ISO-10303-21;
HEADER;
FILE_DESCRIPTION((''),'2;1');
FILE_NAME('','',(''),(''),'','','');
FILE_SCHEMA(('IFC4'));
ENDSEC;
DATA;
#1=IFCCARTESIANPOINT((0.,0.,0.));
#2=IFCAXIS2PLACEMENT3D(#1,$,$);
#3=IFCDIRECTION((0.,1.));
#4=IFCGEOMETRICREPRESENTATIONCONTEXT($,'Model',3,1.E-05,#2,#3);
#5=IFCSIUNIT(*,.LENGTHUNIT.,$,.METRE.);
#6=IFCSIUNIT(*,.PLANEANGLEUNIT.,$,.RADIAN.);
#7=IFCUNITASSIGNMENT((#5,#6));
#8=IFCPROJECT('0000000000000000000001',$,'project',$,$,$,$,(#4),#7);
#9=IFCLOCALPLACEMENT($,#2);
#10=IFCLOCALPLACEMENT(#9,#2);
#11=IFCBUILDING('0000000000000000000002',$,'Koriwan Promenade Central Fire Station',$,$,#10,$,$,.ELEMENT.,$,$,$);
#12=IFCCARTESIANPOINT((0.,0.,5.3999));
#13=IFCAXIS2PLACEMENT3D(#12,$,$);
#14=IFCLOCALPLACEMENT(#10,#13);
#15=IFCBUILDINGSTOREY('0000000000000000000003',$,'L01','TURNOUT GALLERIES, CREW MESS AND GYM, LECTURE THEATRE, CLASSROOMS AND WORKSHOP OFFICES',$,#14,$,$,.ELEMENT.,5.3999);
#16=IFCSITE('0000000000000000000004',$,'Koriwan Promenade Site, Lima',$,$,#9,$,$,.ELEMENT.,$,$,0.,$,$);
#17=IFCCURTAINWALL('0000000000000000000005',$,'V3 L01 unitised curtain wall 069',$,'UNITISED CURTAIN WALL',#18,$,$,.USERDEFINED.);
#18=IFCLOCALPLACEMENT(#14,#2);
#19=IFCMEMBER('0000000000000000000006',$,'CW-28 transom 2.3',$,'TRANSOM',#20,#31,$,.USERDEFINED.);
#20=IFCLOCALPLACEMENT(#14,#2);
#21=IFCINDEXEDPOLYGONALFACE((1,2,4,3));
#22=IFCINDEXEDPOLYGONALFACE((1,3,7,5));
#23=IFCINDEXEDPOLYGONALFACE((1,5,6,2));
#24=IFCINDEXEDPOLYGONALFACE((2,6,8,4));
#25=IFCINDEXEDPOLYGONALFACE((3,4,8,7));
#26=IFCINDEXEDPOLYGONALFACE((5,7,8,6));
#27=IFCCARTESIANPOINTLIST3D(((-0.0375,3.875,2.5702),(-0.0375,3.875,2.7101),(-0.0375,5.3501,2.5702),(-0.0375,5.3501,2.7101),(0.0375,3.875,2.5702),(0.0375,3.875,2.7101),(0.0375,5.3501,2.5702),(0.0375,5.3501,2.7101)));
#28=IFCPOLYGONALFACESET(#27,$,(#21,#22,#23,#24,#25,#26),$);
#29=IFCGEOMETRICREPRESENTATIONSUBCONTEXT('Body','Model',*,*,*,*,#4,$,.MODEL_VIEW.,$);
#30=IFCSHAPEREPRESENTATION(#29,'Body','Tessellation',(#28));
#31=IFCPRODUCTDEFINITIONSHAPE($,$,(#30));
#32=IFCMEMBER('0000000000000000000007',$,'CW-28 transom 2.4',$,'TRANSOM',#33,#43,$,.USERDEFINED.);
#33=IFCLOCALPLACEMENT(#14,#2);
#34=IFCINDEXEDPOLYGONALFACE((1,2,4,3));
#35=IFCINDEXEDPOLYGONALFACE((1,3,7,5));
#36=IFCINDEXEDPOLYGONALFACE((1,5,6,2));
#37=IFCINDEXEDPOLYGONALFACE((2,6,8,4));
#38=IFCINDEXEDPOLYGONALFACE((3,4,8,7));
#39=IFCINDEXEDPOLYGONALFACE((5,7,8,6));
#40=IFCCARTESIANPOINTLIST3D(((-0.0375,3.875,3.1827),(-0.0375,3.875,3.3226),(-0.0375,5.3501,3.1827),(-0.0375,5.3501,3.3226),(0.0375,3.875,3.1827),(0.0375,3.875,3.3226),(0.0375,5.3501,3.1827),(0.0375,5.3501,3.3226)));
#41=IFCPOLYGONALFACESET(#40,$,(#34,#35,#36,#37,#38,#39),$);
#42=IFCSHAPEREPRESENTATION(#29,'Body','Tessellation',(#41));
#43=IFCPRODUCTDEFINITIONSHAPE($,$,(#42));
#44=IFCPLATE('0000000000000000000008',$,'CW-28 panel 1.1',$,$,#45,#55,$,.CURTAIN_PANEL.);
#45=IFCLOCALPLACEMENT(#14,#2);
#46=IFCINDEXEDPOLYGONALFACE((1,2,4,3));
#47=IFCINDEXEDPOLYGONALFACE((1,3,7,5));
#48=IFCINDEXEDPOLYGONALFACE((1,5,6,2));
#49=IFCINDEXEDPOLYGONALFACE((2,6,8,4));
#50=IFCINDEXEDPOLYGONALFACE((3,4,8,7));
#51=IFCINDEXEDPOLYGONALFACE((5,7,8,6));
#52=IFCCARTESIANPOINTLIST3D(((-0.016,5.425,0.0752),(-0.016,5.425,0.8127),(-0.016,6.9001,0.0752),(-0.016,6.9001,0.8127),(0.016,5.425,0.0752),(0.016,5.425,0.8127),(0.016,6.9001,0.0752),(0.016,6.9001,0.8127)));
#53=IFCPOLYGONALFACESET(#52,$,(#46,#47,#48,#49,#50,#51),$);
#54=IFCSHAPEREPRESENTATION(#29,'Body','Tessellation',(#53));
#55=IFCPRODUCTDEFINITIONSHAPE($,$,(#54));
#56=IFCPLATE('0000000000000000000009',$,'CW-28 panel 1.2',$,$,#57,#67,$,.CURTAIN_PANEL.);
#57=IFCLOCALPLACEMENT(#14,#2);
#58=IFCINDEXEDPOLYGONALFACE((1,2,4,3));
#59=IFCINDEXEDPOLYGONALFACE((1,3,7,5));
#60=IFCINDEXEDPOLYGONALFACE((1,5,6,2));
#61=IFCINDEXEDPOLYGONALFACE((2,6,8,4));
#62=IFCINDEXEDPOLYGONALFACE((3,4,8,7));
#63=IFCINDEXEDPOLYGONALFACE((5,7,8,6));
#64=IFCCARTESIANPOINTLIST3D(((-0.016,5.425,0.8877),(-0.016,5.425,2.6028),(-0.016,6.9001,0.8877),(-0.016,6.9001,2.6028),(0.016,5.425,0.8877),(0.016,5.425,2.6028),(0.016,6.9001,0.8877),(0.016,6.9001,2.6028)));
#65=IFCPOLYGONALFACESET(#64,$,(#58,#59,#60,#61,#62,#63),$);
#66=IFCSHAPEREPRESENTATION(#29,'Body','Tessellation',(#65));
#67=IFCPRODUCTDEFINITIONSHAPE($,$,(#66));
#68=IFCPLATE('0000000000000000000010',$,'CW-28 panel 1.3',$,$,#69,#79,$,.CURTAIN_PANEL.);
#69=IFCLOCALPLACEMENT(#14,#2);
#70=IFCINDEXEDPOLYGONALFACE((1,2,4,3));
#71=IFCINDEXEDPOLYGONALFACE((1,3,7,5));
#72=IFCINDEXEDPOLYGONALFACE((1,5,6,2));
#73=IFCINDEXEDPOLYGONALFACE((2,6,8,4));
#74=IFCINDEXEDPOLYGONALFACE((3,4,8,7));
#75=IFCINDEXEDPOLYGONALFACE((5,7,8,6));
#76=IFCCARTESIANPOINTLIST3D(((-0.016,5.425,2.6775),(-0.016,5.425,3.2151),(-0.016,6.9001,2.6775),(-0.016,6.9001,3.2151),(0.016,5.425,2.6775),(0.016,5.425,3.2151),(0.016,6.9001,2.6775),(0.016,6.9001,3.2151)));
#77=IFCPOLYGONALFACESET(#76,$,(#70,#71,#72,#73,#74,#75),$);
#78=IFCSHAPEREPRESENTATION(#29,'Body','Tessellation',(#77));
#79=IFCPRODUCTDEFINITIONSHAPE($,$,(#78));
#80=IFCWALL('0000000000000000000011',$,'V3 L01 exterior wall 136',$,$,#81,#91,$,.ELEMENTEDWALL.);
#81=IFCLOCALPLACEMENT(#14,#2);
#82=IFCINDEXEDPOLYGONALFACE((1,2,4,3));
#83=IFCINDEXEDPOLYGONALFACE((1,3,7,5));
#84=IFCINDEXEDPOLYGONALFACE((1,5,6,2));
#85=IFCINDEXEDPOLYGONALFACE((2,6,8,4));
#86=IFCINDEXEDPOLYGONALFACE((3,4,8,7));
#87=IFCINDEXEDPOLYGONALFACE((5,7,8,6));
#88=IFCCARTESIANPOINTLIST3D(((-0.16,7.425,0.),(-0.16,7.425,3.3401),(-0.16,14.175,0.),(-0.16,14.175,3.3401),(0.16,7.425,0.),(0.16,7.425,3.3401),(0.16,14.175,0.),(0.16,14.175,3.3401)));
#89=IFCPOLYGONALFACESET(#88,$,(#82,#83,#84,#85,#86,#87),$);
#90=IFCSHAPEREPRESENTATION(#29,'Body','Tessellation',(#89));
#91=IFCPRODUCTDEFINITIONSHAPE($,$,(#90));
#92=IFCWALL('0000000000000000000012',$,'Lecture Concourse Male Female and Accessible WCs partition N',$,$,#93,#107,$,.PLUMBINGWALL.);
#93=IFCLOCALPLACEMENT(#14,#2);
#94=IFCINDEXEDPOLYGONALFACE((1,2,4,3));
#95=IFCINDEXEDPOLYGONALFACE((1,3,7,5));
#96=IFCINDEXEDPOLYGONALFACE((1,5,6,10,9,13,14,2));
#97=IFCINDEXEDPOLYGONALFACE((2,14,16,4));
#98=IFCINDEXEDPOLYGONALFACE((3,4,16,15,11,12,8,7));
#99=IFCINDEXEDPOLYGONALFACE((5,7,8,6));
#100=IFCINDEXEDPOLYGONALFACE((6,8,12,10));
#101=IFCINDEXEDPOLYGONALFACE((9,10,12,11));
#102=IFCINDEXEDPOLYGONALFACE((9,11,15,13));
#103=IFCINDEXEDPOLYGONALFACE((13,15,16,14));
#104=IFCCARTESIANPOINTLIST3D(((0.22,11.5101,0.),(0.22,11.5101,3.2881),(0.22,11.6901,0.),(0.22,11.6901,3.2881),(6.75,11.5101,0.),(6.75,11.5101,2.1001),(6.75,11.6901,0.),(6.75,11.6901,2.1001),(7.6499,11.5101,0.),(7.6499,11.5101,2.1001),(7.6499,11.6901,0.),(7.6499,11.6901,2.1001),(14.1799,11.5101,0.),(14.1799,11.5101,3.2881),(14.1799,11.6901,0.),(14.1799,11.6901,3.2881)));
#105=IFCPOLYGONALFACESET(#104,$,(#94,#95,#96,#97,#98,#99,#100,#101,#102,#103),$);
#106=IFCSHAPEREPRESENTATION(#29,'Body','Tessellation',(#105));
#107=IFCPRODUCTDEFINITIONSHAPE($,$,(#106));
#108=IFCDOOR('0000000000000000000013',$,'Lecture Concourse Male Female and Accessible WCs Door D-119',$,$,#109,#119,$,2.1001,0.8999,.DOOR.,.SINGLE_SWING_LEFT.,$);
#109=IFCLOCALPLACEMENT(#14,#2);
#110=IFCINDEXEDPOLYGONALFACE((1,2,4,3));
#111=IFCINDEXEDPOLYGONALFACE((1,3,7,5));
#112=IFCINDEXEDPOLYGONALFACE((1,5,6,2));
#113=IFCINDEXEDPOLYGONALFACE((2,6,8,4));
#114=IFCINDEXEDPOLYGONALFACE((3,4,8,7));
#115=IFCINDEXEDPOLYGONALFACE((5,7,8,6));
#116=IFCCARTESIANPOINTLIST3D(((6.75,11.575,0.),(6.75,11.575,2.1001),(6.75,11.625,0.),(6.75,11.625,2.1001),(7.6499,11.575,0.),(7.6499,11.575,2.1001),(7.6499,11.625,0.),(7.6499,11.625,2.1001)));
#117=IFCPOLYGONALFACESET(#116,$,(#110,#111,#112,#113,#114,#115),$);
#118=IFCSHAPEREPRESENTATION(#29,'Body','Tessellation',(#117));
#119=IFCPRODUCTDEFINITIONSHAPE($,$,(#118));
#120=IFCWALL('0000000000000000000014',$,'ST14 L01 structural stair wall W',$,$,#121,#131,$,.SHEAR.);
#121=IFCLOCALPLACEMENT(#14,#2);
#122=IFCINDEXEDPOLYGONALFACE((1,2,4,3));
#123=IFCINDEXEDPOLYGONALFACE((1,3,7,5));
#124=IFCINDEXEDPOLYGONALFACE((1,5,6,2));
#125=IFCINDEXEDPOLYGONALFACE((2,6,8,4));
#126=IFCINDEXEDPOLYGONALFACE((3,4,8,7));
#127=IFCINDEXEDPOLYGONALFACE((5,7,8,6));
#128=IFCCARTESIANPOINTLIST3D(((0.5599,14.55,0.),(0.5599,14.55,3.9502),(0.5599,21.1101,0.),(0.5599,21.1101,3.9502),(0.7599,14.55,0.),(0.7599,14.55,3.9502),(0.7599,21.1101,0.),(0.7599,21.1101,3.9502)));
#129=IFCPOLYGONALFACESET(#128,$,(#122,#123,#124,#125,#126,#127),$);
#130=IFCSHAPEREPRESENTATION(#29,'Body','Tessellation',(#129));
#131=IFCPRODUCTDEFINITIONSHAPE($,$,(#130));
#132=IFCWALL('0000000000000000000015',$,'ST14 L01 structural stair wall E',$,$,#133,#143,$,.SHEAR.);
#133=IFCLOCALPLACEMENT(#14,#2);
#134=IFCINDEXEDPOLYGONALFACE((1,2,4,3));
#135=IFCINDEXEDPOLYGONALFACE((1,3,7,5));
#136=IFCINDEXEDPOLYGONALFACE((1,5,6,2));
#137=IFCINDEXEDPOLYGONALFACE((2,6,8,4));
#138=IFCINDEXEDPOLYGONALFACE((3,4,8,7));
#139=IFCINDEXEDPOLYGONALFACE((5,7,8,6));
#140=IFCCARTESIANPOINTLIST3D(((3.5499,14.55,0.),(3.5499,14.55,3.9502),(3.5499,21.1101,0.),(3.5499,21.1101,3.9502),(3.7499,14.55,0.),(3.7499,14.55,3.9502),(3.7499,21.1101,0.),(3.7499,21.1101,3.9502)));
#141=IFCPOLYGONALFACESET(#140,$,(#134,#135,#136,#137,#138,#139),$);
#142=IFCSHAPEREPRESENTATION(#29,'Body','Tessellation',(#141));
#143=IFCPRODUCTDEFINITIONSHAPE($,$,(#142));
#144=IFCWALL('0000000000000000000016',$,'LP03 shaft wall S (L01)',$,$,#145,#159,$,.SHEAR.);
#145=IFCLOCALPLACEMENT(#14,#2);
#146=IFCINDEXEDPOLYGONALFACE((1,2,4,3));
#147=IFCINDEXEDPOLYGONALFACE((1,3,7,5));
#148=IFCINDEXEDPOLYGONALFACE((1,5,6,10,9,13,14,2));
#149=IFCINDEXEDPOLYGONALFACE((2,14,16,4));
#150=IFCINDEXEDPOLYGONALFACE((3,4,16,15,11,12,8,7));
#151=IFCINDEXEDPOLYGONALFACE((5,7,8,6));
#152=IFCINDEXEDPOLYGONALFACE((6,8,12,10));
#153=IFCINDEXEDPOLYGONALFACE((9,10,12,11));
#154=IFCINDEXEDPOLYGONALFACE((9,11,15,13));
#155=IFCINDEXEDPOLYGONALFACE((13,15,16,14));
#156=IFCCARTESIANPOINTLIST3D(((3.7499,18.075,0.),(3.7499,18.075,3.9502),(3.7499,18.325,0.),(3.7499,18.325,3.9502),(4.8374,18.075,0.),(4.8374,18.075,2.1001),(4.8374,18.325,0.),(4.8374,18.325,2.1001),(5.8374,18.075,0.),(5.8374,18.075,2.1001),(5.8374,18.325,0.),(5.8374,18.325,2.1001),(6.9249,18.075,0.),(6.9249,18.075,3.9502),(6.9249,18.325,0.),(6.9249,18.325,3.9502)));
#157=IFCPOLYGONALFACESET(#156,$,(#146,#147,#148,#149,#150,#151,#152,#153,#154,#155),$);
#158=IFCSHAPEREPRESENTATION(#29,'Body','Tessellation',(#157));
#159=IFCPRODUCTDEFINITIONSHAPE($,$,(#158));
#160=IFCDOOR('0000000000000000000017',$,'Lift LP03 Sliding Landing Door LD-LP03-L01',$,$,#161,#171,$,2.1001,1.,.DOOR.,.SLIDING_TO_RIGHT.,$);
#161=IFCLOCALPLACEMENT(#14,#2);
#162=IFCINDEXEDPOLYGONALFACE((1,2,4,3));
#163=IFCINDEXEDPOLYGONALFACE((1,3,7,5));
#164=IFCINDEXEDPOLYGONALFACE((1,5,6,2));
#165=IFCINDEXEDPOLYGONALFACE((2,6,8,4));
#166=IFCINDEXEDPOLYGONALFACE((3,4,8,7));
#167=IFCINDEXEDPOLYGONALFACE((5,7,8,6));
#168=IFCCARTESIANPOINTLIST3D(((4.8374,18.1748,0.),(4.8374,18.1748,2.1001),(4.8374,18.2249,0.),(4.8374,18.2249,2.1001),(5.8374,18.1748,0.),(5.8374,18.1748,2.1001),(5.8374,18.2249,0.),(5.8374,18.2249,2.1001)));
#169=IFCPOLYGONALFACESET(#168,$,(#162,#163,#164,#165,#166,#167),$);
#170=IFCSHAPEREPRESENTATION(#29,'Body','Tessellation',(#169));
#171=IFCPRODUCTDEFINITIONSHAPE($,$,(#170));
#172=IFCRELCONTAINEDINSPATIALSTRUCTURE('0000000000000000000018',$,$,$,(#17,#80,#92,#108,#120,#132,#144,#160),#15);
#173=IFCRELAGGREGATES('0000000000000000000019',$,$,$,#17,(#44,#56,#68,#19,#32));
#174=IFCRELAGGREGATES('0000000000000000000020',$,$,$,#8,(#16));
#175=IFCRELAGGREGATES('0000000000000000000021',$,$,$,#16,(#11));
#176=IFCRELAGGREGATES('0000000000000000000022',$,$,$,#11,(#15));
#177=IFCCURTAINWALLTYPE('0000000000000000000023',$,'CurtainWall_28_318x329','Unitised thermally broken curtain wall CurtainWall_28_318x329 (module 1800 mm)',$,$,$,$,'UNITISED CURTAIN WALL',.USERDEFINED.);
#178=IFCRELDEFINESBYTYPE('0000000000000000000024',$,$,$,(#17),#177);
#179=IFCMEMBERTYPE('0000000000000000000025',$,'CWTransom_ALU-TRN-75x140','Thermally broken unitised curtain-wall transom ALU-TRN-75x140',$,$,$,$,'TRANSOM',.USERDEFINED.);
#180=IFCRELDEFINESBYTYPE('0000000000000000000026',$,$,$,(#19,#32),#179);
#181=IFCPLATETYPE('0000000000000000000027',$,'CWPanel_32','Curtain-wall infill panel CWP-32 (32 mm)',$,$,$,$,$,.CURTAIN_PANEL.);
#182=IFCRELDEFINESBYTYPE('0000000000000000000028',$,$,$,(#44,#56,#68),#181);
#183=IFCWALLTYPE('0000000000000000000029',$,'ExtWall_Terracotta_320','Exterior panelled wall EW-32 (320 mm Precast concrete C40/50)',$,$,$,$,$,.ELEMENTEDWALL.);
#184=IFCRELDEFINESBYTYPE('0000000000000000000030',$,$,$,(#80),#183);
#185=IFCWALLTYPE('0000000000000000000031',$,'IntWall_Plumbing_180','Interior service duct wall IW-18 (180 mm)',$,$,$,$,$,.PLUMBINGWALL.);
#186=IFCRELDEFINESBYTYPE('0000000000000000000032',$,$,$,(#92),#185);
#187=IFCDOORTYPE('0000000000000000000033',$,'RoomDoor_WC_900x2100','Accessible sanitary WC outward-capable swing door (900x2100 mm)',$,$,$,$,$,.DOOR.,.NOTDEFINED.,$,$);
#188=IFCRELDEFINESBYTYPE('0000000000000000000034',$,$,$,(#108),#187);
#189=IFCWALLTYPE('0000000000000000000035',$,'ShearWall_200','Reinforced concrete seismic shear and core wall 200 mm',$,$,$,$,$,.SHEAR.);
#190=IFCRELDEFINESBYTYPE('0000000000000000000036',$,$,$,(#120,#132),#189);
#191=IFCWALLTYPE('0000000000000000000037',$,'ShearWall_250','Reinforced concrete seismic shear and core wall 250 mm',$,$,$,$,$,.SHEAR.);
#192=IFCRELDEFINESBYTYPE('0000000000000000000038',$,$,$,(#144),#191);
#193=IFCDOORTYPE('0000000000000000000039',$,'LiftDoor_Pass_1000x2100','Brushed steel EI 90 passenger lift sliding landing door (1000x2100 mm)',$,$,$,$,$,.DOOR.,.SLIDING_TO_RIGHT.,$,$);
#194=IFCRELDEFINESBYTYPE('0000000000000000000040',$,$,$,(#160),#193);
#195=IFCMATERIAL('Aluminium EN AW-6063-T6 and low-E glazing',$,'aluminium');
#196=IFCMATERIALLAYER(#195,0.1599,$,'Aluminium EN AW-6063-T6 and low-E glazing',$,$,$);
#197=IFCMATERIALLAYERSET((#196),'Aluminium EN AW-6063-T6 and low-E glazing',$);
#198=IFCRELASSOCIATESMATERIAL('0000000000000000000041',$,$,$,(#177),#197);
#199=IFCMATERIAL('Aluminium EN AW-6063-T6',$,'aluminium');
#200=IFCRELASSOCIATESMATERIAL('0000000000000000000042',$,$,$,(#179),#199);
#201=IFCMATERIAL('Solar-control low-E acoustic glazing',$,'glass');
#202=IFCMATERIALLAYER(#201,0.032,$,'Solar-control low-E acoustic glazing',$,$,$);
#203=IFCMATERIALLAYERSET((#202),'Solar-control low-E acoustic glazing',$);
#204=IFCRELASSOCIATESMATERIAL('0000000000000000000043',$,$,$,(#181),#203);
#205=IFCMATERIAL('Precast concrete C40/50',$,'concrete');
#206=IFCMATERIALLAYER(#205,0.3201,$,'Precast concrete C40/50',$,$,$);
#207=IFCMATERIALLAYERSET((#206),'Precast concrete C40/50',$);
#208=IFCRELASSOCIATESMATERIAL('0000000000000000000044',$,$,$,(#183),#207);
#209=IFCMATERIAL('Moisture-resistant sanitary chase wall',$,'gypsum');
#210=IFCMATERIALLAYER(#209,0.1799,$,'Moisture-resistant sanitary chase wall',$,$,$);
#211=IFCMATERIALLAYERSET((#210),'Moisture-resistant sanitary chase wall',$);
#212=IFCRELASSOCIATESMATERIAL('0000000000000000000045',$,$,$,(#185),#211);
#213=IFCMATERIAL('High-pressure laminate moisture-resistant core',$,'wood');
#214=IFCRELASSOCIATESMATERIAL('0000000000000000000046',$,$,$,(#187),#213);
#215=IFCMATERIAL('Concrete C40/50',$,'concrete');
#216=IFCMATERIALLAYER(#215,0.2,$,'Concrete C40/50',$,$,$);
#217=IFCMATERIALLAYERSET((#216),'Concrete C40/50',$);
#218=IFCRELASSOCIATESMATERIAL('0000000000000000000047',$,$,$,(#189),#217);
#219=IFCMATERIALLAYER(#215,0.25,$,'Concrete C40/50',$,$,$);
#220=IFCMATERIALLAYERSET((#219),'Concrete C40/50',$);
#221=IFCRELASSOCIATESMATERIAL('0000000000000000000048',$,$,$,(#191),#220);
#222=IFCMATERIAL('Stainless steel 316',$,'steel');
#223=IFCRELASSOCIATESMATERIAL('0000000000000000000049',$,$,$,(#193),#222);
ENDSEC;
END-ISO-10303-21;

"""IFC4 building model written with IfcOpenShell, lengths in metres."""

from ifc_helpers import new_model, si_unit, direction, frame, frame_2d, origin, origin_2d, place, context, subcontext, project, spatial, rectangle, extrude, material, layer, layer_set, material_profile, profile_set, type_object, element, fill, aggregate, save


model = new_model("IFC4")

# Units and contexts
model_context = context("Model", 3, precision=1e-05, world=origin(), true_north=direction((0.0, 1.0)))
body_context = subcontext(model_context, "Body", "Model", "MODEL_VIEW")
ifc_project = project(units=[si_unit("LENGTHUNIT", "METRE"), si_unit("PLANEANGLEUNIT", "RADIAN")], contexts=[model_context])

# Site, building, storey
site_placement = place(None, origin())
site = spatial("IfcSite", under=ifc_project, at=site_placement, Name="Koriwan Promenade Site, Lima", CompositionType="ELEMENT", RefElevation=0.0)
building_placement = place(site_placement, origin())
building = spatial("IfcBuilding", under=site, at=building_placement, Name="Koriwan Promenade Central Fire Station", CompositionType="ELEMENT")
storey_placement = place(building_placement, frame((0.0, 0.0, 5.3999)))
storey = spatial("IfcBuildingStorey", under=building, at=storey_placement, Name="L01", Description="TURNOUT GALLERIES, CREW MESS AND GYM, LECTURE THEATRE, CLASSROOMS AND WORKSHOP OFFICES", CompositionType="ELEMENT", Elevation=5.3999)

# Shared definitions
ifc_material_1 = material(Name="Concrete C40/50", Category="concrete")

# Curtain wall, members, plates
ifc_material_2 = material(Name="Aluminium EN AW-6063-T6 and low-E glazing", Category="aluminium")
ifc_layer_1 = layer(ifc_material_2, 0.1599, Name="Aluminium EN AW-6063-T6 and low-E glazing")
ifc_layer_set_1 = layer_set([ifc_layer_1], Name="Aluminium EN AW-6063-T6 and low-E glazing")
curtain_wall_type = type_object("IfcCurtainWallType", Name="CurtainWall_28_318x329", Description="Unitised thermally broken curtain wall CurtainWall_28_318x329 (module 1800 mm)", ElementType="UNITISED CURTAIN WALL", PredefinedType="USERDEFINED", material=ifc_layer_set_1)
curtain_wall_placement = place(storey_placement, origin())
curtain_wall = element("IfcCurtainWall", 1, at=curtain_wall_placement, inside=storey, type_object=curtain_wall_type, Name="V3 L01 unitised curtain wall 069", ObjectType="UNITISED CURTAIN WALL", PredefinedType="USERDEFINED")
ifc_material_3 = material(Name="Aluminium EN AW-6063-T6", Category="aluminium")
ifc_material_profile_1 = material_profile(ifc_material_3, rectangle(XDim=0.075, YDim=0.1399, at=origin_2d()), Name="ALU-TRN-75x140")
ifc_profile_set_1 = profile_set([ifc_material_profile_1], Name="Aluminium EN AW-6063-T6")
member_type_1 = type_object("IfcMemberType", Name="CWTransom_ALU-TRN-75x140", Description="Thermally broken unitised curtain-wall transom ALU-TRN-75x140", ElementType="TRANSOM", PredefinedType="USERDEFINED", material=ifc_profile_set_1)
member_1_placement = place(storey_placement, frame((0.0, 5.3501, 2.6401), z_axis=(0.0, -1.0, 0.0), x_axis=(1.0, 0.0, 0.0)))
member_1 = element("IfcMember", 2, at=member_1_placement, type_object=member_type_1, Name="CW-28 transom 2.3", ObjectType="TRANSOM", PredefinedType="USERDEFINED", context=body_context, shape_type="SweptSolid", body=[
    extrude(rectangle(XDim=0.075, YDim=0.1399, at=origin_2d()), origin(), (0.0, 0.0, 1.0), 1.4751),
])
member_2_placement = place(storey_placement, frame((0.0, 5.3501, 3.2527), z_axis=(0.0, -1.0, 0.0), x_axis=(1.0, 0.0, 0.0)))
member_2 = element("IfcMember", 3, at=member_2_placement, type_object=member_type_1, Name="CW-28 transom 2.4", ObjectType="TRANSOM", PredefinedType="USERDEFINED", context=body_context, shape_type="SweptSolid", body=[
    extrude(rectangle(XDim=0.075, YDim=0.1399, at=origin_2d()), origin(), (0.0, 0.0, 1.0), 1.4751),
])
ifc_material_4 = material(Name="Solar-control low-E acoustic glazing", Category="glass")
ifc_layer_2 = layer(ifc_material_4, 0.032, Name="Solar-control low-E acoustic glazing")
ifc_layer_set_2 = layer_set([ifc_layer_2], Name="Solar-control low-E acoustic glazing")
plate_type = type_object("IfcPlateType", Name="CWPanel_32", Description="Curtain-wall infill panel CWP-32 (32 mm)", PredefinedType="CURTAIN_PANEL", material=ifc_layer_set_2)
plate_1_placement = place(storey_placement, frame((0.0, 6.1626, 0.0752), z_axis=(0.0, 0.0, 1.0), x_axis=(0.0, -1.0, 0.0)))
plate_1 = element("IfcPlate", 4, at=plate_1_placement, type_object=plate_type, Name="CW-28 panel 1.1", PredefinedType="CURTAIN_PANEL", context=body_context, shape_type="SweptSolid", body=[
    extrude(rectangle(XDim=1.4751, YDim=0.032, at=origin_2d()), origin(), (0.0, 0.0, 1.0), 0.7375),
])
plate_2_placement = place(storey_placement, frame((0.0, 6.1626, 0.8877), z_axis=(0.0, 0.0, 1.0), x_axis=(0.0, -1.0, 0.0)))
plate_2 = element("IfcPlate", 5, at=plate_2_placement, type_object=plate_type, Name="CW-28 panel 1.2", PredefinedType="CURTAIN_PANEL", context=body_context, shape_type="SweptSolid", body=[
    extrude(rectangle(XDim=1.4751, YDim=0.032, at=origin_2d()), origin(), (0.0, 0.0, 1.0), 1.7151),
])
plate_3_placement = place(storey_placement, frame((0.0, 6.1626, 2.6775), z_axis=(0.0, 0.0, 1.0), x_axis=(0.0, -1.0, 0.0)))
plate_3 = element("IfcPlate", 6, at=plate_3_placement, type_object=plate_type, Name="CW-28 panel 1.3", PredefinedType="CURTAIN_PANEL", context=body_context, shape_type="SweptSolid", body=[
    extrude(rectangle(XDim=1.4751, YDim=0.032, at=origin_2d()), origin(), (0.0, 0.0, 1.0), 0.5376),
])
aggregate(curtain_wall, [plate_1, plate_2, plate_3, member_1, member_2])

# Wall
ifc_material_5 = material(Name="Precast concrete C40/50", Category="concrete")
ifc_layer_3 = layer(ifc_material_5, 0.3201, Name="Precast concrete C40/50")
ifc_layer_set_3 = layer_set([ifc_layer_3], Name="Precast concrete C40/50")
wall_type_1 = type_object("IfcWallType", Name="ExtWall_Terracotta_320", Description="Exterior panelled wall EW-32 (320 mm Precast concrete C40/50)", PredefinedType="ELEMENTEDWALL", material=ifc_layer_set_3)
wall_1_placement = place(storey_placement, frame((0.0, 14.175, 0.0), z_axis=(0.0, 0.0, 1.0), x_axis=(0.0, -1.0, 0.0)))
element("IfcWall", 7, at=wall_1_placement, inside=storey, type_object=wall_type_1, Name="V3 L01 exterior wall 136", PredefinedType="ELEMENTEDWALL", context=body_context, shape_type="SweptSolid", body=[
    extrude(rectangle(XDim=6.75, YDim=0.3201, at=frame_2d((3.375, 0.0))), origin(), (0.0, 0.0, 1.0), 3.3401),
])

# Wall, opening, door
ifc_material_6 = material(Name="Moisture-resistant sanitary chase wall", Category="gypsum")
ifc_layer_4 = layer(ifc_material_6, 0.1799, Name="Moisture-resistant sanitary chase wall")
ifc_layer_set_4 = layer_set([ifc_layer_4], Name="Moisture-resistant sanitary chase wall")
wall_type_2 = type_object("IfcWallType", Name="IntWall_Plumbing_180", Description="Interior service duct wall IW-18 (180 mm)", PredefinedType="PLUMBINGWALL", material=ifc_layer_set_4)
wall_2_placement = place(storey_placement, frame((0.22, 11.6001, 0.0), z_axis=(0.0, 0.0, 1.0), x_axis=(1.0, 0.0, 0.0)))
wall_2 = element("IfcWall", 8, at=wall_2_placement, inside=storey, type_object=wall_type_2, Name="Lecture Concourse Male Female and Accessible WCs partition N", PredefinedType="PLUMBINGWALL", context=body_context, shape_type="SweptSolid", body=[
    extrude(rectangle(XDim=13.96, YDim=0.1799, at=frame_2d((6.98, 0.0))), origin(), (0.0, 0.0, 1.0), 3.2881),
])
opening_1_placement = place(wall_2_placement, frame((6.53, 0.0, 0.0)))
opening_1 = element("IfcOpeningElement", 9, at=opening_1_placement, cuts=wall_2, PredefinedType="OPENING", context=body_context, shape_type="SweptSolid", body=[
    extrude(rectangle(XDim=0.8999, YDim=2.1001, at=frame_2d((0.45, 1.05))), frame((0.0, 0.1021, 0.0), z_axis=(0.0, -1.0, 0.0), x_axis=(1.0, 0.0, 0.0)), (0.0, 0.0, 1.0), 0.2039),
])
ifc_material_7 = material(Name="High-pressure laminate moisture-resistant core", Category="wood")
door_type_1 = type_object("IfcDoorType", Name="RoomDoor_WC_900x2100", Description="Accessible sanitary WC outward-capable swing door (900x2100 mm)", OperationType="NOTDEFINED", PredefinedType="DOOR", material=ifc_material_7)
door_1_placement = place(opening_1_placement, origin())
door_1 = element("IfcDoor", 10, at=door_1_placement, inside=storey, type_object=door_type_1, Name="Lecture Concourse Male Female and Accessible WCs Door D-119", OperationType="SINGLE_SWING_LEFT", OverallHeight=2.1001, OverallWidth=0.8999, PredefinedType="DOOR", context=body_context, shape_type="SweptSolid", body=[
    extrude(rectangle(XDim=0.8999, YDim=2.1001, at=frame_2d((0.45, 1.05))), frame((0.0, 0.0249, 0.0), z_axis=(0.0, -1.0, 0.0), x_axis=(1.0, 0.0, 0.0)), (0.0, 0.0, 1.0), 0.05),
])
fill(opening_1, door_1)
ifc_layer_5 = layer(ifc_material_1, 0.2, Name="Concrete C40/50")
ifc_layer_set_5 = layer_set([ifc_layer_5], Name="Concrete C40/50")
wall_type_3 = type_object("IfcWallType", Name="ShearWall_200", Description="Reinforced concrete seismic shear and core wall 200 mm", PredefinedType="SHEAR", material=ifc_layer_set_5)

# Walls
for number, where, z_axis, x_axis, name in (
    (11, (0.6599, 14.55, 0.0), (0.0, 0.0, 1.0), (0.0, 1.0, 0.0), "ST14 L01 structural stair wall W"),
    (12, (3.6499, 14.55, 0.0), (0.0, 0.0, 1.0), (0.0, 1.0, 0.0), "ST14 L01 structural stair wall E"),
):
    element("IfcWall", number, at=place(storey_placement, frame(where, z_axis=z_axis, x_axis=x_axis)), inside=storey, type_object=wall_type_3, Name=name, PredefinedType="SHEAR", context=body_context, shape_type="SweptSolid", body=[
        extrude(rectangle(XDim=6.5601, YDim=0.2, at=frame_2d((3.28, 0.0))), origin(), (0.0, 0.0, 1.0), 3.9502),
    ])

# Wall, opening, door
ifc_layer_6 = layer(ifc_material_1, 0.25, Name="Concrete C40/50")
ifc_layer_set_6 = layer_set([ifc_layer_6], Name="Concrete C40/50")
wall_type_4 = type_object("IfcWallType", Name="ShearWall_250", Description="Reinforced concrete seismic shear and core wall 250 mm", PredefinedType="SHEAR", material=ifc_layer_set_6)
wall_3_placement = place(storey_placement, frame((3.75, 18.2, 0.0), z_axis=(0.0, 0.0, 1.0), x_axis=(1.0, 0.0, 0.0)))
wall_3 = element("IfcWall", 13, at=wall_3_placement, inside=storey, type_object=wall_type_4, Name="LP03 shaft wall S (L01)", PredefinedType="SHEAR", context=body_context, shape_type="SweptSolid", body=[
    extrude(rectangle(XDim=3.175, YDim=0.25, at=frame_2d((1.5874, 0.0))), origin(), (0.0, 0.0, 1.0), 3.9502),
])
opening_2_placement = place(wall_3_placement, frame((1.0874, 0.0, 0.0)))
opening_2 = element("IfcOpeningElement", 14, at=opening_2_placement, cuts=wall_3, PredefinedType="OPENING", context=body_context, shape_type="SweptSolid", body=[
    extrude(rectangle(XDim=1.0, YDim=2.1001, at=frame_2d((0.5, 1.05))), frame((0.0, 0.137, 0.0), z_axis=(0.0, -1.0, 0.0), x_axis=(1.0, 0.0, 0.0)), (0.0, 0.0, 1.0), 0.2739),
])
ifc_material_8 = material(Name="Stainless steel 316", Category="steel")
door_type_2 = type_object("IfcDoorType", Name="LiftDoor_Pass_1000x2100", Description="Brushed steel EI 90 passenger lift sliding landing door (1000x2100 mm)", OperationType="SLIDING_TO_RIGHT", PredefinedType="DOOR", material=ifc_material_8)
door_2_placement = place(opening_2_placement, origin())
door_2 = element("IfcDoor", 15, at=door_2_placement, inside=storey, type_object=door_type_2, Name="Lift LP03 Sliding Landing Door LD-LP03-L01", OperationType="SLIDING_TO_RIGHT", OverallHeight=2.1001, OverallWidth=1.0, PredefinedType="DOOR", context=body_context, shape_type="SweptSolid", body=[
    extrude(rectangle(XDim=1.0, YDim=2.1001, at=frame_2d((0.5, 1.05))), frame((0.0, 0.0249, 0.0), z_axis=(0.0, -1.0, 0.0), x_axis=(1.0, 0.0, 0.0)), (0.0, 0.0, 1.0), 0.05),
])
fill(opening_2, door_2)

save(model, "model.ifc")
